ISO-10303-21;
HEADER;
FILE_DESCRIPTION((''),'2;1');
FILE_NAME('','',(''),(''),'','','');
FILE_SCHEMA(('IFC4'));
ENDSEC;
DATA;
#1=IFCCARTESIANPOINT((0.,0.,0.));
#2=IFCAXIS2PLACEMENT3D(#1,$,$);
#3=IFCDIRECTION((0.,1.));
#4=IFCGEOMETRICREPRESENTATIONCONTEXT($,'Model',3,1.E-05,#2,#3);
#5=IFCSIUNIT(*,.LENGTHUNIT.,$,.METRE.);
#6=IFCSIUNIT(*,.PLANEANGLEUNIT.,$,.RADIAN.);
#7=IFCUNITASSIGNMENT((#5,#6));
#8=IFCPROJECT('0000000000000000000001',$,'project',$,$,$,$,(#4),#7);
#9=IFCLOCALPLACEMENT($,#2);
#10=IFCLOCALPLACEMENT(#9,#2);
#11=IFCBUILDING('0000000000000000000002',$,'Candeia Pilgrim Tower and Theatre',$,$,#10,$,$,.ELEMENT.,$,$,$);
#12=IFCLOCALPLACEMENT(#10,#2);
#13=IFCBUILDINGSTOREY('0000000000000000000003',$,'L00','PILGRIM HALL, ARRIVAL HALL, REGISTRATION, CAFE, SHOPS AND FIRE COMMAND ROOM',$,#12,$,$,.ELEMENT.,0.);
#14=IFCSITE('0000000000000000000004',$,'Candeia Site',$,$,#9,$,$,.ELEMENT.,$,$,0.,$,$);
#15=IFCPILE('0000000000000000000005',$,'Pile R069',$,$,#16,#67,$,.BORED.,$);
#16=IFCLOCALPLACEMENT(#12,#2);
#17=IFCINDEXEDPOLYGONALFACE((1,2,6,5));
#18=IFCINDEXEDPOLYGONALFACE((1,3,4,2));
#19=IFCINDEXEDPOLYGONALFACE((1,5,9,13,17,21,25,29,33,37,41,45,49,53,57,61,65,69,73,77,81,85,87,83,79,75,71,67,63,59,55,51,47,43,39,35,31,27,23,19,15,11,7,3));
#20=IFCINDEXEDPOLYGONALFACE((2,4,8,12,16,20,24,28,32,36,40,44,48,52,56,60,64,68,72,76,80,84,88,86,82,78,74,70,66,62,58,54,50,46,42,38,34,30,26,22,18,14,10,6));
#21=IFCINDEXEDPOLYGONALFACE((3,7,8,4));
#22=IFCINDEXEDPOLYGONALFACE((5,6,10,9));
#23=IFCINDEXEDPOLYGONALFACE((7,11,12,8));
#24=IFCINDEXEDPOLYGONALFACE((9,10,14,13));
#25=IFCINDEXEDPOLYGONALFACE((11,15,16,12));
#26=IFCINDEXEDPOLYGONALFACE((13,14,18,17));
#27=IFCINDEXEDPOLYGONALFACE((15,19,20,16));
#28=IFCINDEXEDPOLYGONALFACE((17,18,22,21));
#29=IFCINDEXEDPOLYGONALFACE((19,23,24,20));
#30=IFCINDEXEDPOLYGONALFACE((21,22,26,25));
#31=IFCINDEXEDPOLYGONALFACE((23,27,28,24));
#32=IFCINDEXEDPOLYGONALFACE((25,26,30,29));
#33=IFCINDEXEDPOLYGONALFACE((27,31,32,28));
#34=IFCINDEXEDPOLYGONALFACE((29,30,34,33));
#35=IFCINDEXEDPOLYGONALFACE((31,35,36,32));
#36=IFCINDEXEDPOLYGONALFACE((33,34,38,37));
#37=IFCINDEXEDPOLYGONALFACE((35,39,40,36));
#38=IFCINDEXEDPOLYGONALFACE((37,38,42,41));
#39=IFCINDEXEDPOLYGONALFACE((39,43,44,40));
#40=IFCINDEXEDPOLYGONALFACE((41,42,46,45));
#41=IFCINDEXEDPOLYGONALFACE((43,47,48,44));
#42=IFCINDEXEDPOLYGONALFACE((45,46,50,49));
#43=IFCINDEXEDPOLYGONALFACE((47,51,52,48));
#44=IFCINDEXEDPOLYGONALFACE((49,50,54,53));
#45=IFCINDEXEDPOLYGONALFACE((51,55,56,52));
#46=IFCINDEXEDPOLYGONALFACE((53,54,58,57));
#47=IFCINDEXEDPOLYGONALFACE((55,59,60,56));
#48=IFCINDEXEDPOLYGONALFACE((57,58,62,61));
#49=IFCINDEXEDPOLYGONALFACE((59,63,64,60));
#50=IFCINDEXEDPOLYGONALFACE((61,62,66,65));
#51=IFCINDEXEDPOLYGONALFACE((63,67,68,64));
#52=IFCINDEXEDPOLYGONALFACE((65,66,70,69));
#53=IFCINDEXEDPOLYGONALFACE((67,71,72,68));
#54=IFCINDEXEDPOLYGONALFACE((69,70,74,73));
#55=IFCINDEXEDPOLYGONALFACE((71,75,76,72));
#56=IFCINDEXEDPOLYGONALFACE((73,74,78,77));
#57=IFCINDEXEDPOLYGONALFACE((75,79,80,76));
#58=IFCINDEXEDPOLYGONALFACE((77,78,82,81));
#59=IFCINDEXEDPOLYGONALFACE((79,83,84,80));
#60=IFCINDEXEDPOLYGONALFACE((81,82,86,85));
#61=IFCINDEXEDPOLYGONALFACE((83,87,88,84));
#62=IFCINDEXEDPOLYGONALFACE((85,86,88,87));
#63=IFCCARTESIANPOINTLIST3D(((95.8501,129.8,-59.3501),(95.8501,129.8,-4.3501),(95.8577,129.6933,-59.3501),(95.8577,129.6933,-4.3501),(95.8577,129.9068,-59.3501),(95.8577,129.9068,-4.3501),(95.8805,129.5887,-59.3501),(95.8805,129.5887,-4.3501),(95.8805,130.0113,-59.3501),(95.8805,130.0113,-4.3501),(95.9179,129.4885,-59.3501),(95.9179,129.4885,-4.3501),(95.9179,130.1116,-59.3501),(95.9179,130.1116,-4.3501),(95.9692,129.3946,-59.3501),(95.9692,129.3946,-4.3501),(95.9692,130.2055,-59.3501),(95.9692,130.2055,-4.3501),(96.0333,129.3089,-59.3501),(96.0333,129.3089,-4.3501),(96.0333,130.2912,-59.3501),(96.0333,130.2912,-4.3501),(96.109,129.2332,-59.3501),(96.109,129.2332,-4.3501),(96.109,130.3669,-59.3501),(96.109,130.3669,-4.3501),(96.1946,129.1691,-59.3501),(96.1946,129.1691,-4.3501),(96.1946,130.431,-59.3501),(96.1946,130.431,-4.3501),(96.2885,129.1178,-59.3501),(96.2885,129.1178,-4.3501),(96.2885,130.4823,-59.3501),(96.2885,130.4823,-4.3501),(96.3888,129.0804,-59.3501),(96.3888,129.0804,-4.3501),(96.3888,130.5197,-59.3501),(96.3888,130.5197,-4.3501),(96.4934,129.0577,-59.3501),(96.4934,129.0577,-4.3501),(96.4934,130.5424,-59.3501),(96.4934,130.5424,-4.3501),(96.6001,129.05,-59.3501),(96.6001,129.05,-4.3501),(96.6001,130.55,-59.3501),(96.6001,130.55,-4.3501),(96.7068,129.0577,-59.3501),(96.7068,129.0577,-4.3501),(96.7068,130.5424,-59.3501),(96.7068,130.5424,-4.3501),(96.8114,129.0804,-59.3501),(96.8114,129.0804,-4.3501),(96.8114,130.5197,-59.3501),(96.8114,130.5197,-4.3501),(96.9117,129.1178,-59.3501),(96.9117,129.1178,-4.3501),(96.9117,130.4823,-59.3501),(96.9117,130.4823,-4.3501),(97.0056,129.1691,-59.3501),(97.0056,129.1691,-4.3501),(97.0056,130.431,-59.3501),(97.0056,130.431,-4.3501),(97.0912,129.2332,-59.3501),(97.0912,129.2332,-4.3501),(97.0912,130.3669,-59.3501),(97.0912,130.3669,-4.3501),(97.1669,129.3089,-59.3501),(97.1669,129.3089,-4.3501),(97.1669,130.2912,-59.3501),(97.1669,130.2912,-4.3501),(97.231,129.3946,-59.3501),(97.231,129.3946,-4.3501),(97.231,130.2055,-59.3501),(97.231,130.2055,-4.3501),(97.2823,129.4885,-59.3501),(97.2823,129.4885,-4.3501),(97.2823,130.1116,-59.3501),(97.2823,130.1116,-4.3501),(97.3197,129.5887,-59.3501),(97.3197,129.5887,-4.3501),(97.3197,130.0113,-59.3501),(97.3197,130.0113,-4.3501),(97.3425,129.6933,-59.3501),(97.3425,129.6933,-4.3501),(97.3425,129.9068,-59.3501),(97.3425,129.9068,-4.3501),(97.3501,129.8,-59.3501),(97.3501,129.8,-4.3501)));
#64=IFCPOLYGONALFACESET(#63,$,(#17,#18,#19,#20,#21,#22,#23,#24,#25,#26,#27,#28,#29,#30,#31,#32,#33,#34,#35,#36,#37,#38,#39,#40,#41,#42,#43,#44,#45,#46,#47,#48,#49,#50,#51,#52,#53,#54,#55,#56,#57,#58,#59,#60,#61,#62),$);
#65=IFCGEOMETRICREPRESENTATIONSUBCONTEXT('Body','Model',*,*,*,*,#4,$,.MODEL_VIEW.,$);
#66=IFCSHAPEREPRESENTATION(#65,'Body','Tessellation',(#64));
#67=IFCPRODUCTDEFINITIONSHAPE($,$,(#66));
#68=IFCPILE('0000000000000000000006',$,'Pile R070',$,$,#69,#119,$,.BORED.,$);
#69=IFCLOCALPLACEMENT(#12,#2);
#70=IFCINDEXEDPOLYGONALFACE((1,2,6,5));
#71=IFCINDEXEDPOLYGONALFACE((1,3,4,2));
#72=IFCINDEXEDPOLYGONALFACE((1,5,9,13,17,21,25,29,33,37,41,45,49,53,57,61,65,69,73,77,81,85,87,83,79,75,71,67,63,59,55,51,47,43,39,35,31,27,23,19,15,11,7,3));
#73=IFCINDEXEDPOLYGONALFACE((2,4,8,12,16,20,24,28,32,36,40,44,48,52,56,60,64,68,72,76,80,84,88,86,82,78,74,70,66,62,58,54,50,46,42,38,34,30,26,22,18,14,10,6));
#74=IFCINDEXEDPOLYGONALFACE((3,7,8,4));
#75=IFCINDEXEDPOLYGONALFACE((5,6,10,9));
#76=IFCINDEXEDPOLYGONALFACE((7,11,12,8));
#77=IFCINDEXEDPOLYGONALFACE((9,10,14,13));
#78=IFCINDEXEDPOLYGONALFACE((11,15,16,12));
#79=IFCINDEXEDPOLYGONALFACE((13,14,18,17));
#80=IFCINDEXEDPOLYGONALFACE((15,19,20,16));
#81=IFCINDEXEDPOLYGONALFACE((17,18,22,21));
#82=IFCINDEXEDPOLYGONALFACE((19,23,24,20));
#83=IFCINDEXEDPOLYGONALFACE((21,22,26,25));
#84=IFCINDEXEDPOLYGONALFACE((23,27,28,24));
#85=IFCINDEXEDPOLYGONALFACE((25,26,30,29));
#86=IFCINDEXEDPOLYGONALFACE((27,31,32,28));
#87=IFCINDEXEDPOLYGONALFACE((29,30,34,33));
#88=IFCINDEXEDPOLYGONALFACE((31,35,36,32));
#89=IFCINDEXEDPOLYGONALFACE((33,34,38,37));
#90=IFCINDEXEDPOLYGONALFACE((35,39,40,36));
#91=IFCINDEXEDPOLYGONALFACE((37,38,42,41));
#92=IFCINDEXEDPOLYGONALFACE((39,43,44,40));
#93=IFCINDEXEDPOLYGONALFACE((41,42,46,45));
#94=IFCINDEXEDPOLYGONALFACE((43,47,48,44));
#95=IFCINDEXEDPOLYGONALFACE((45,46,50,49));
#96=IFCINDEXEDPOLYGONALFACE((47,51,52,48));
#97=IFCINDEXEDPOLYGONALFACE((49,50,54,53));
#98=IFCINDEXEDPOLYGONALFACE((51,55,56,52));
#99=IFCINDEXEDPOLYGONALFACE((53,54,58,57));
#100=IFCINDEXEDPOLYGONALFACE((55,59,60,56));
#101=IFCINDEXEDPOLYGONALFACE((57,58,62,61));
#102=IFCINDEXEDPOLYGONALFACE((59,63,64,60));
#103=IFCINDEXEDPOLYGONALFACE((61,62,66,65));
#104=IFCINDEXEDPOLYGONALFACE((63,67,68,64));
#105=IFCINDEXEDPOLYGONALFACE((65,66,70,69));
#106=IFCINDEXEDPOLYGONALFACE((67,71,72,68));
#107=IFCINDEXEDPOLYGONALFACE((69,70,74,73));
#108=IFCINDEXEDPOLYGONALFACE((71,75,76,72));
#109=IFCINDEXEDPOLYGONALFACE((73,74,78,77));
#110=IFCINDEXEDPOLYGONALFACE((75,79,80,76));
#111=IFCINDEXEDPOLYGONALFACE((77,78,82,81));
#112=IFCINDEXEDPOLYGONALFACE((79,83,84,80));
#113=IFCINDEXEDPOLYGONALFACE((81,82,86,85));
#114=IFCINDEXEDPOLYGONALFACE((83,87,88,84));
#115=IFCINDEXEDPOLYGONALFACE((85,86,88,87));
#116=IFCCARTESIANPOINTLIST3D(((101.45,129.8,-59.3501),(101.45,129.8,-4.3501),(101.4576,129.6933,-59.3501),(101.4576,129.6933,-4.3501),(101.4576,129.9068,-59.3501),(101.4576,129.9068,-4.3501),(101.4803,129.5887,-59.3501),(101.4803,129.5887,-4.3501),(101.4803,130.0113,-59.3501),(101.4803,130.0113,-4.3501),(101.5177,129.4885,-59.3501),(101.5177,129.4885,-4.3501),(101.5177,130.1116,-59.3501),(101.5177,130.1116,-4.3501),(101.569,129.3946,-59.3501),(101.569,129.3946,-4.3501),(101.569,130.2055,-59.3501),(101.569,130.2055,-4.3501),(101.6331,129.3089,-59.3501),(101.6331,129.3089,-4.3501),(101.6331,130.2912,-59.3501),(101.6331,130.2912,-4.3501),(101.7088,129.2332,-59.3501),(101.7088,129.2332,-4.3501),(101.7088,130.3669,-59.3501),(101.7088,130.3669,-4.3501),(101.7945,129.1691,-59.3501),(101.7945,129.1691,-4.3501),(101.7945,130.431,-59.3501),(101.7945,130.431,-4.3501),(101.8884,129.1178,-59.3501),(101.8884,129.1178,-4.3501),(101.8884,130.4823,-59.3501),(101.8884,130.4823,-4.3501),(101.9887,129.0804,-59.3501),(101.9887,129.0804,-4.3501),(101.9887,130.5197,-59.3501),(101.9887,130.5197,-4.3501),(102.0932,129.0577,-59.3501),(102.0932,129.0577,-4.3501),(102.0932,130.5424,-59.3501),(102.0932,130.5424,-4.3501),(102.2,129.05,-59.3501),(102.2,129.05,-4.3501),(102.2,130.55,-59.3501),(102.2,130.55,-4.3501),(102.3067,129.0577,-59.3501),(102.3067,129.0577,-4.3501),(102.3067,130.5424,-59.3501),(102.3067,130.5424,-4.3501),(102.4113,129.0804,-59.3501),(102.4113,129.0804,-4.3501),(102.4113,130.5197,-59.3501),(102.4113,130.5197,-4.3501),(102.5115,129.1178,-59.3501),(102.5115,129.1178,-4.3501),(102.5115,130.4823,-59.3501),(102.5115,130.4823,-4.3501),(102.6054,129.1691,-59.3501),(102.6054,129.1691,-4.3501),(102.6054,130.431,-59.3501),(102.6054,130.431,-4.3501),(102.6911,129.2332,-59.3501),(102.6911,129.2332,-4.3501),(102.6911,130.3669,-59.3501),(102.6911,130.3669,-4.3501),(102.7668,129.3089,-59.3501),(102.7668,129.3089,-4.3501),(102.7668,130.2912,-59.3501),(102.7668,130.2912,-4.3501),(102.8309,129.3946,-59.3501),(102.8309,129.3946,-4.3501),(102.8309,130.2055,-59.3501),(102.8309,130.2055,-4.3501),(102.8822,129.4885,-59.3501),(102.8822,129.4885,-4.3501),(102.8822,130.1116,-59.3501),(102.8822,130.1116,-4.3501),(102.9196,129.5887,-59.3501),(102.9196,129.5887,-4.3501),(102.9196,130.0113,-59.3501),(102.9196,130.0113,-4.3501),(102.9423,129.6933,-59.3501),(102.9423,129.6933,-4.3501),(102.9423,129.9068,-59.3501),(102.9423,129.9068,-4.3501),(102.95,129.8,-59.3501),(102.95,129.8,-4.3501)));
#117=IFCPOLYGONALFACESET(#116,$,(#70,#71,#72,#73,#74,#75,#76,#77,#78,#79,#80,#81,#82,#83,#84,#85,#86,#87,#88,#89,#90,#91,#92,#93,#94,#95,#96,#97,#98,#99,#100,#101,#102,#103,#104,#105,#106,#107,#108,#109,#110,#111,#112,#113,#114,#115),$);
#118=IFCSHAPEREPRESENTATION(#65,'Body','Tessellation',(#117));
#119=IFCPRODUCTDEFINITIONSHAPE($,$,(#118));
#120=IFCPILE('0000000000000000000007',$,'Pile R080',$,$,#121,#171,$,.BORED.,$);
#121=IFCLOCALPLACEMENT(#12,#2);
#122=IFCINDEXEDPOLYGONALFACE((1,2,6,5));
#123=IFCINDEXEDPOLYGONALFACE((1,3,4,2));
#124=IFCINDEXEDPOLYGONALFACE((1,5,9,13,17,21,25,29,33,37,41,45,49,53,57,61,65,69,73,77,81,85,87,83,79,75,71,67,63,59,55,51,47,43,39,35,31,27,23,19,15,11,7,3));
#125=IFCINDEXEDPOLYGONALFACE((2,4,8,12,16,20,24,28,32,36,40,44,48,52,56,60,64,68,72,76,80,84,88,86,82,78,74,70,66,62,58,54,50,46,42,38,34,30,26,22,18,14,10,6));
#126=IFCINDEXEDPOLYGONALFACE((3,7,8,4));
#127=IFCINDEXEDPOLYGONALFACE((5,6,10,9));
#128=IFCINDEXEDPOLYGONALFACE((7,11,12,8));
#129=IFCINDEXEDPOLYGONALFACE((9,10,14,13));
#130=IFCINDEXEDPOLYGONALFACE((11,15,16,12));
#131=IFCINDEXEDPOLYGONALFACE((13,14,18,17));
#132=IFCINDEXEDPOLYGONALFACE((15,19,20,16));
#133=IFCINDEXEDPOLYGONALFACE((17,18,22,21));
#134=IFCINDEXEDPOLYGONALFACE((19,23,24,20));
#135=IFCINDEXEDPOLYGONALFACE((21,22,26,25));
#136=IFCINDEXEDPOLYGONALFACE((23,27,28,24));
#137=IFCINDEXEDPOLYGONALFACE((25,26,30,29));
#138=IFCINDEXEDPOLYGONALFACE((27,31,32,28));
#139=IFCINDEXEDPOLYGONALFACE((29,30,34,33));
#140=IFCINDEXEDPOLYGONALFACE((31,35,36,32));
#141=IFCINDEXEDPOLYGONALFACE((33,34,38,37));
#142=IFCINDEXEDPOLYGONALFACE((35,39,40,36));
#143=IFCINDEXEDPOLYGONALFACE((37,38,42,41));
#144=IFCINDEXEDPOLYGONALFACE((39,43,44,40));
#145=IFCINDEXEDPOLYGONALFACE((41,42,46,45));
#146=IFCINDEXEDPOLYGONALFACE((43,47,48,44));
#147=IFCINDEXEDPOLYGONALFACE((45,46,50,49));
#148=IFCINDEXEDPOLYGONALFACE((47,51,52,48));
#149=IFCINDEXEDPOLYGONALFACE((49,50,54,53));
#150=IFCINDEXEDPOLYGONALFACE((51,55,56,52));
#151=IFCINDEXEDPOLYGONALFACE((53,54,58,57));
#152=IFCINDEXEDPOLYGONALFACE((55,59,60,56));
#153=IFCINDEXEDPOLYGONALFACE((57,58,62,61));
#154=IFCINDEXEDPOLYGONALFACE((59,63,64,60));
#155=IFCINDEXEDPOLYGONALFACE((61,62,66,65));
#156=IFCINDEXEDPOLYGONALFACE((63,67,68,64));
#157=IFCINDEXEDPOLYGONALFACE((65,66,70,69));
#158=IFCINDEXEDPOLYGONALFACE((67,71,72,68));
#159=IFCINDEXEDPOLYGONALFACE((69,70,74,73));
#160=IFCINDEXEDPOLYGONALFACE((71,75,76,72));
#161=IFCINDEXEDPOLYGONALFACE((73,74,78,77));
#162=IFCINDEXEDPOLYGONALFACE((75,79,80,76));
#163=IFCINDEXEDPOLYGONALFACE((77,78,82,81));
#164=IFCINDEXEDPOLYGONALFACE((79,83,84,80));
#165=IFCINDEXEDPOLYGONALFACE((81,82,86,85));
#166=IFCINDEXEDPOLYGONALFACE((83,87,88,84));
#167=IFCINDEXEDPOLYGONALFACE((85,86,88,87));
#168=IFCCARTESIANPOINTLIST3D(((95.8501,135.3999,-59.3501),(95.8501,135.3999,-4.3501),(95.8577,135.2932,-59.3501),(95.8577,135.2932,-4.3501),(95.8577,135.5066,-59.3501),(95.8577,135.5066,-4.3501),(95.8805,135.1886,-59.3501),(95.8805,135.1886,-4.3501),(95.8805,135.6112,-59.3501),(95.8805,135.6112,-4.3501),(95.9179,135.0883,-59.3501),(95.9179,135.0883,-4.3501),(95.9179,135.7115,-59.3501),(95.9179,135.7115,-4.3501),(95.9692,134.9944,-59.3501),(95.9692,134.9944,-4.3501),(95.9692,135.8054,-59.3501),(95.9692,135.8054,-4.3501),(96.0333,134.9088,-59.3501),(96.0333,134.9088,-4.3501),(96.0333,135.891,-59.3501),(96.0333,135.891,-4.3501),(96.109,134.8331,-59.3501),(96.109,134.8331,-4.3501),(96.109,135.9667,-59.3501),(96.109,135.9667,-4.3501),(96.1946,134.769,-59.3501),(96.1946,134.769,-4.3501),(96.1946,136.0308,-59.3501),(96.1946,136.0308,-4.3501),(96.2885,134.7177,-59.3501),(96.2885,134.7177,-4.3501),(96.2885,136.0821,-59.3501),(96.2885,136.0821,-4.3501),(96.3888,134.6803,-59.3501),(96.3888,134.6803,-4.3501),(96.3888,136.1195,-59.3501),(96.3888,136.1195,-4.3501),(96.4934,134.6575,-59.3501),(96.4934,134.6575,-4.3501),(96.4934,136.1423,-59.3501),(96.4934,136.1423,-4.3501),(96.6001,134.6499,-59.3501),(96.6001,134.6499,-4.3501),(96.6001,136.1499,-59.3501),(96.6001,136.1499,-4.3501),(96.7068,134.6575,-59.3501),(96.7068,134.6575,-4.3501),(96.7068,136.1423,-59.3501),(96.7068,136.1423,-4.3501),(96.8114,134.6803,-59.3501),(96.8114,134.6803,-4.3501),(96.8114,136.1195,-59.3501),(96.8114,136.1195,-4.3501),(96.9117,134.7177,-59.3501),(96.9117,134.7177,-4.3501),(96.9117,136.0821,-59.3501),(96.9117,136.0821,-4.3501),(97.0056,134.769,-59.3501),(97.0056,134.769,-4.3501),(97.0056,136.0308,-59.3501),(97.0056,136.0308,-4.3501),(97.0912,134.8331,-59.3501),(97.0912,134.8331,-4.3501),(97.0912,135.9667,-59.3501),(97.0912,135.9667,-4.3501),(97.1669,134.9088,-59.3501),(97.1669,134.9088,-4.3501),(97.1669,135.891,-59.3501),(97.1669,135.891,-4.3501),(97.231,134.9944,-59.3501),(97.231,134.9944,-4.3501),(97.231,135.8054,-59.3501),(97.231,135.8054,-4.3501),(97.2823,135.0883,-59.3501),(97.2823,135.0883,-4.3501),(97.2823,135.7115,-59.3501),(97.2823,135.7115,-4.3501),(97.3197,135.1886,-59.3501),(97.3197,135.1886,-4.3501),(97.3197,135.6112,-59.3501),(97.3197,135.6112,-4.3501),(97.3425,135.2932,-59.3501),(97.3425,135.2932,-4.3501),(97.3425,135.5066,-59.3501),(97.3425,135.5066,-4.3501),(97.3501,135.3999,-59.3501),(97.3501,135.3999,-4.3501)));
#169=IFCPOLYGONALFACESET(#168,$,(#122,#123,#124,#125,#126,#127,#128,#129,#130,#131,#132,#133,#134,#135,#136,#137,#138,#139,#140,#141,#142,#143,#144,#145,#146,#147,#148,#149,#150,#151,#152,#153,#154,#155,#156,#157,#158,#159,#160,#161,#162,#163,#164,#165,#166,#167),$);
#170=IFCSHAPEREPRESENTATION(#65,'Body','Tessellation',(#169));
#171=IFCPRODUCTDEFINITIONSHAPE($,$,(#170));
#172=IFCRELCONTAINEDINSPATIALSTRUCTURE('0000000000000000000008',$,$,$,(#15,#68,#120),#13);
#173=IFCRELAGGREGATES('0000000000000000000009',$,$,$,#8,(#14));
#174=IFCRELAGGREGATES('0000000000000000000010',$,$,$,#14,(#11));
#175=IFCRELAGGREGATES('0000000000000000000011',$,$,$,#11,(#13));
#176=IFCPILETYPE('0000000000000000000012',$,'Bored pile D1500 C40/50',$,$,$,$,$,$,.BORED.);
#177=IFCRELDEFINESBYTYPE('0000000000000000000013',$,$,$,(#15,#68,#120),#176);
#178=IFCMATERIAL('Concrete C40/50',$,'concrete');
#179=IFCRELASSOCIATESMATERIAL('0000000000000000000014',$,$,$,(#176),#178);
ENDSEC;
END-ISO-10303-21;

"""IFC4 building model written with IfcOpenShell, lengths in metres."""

from ifc_helpers import new_model, si_unit, direction, frame, origin, origin_2d, place, context, subcontext, project, spatial, circle, extrude, material, material_profile, profile_set, type_object, element, save


model = new_model("IFC4")

# Units and contexts
model_context = context("Model", 3, precision=1e-05, world=origin(), true_north=direction((0.0, 1.0)))
body_context = subcontext(model_context, "Body", "Model", "MODEL_VIEW")
ifc_project = project(units=[si_unit("LENGTHUNIT", "METRE"), si_unit("PLANEANGLEUNIT", "RADIAN")], contexts=[model_context])

# Site, building, storey
site_placement = place(None, origin())
site = spatial("IfcSite", under=ifc_project, at=site_placement, Name="Candeia Site", CompositionType="ELEMENT", RefElevation=0.0)
building_placement = place(site_placement, origin())
building = spatial("IfcBuilding", under=site, at=building_placement, Name="Candeia Pilgrim Tower and Theatre", CompositionType="ELEMENT")
storey_placement = place(building_placement, origin())
storey = spatial("IfcBuildingStorey", under=building, at=storey_placement, Name="L00", Description="PILGRIM HALL, ARRIVAL HALL, REGISTRATION, CAFE, SHOPS AND FIRE COMMAND ROOM", CompositionType="ELEMENT", Elevation=0.0)

# Piles
ifc_material_1 = material(Name="Concrete C40/50", Category="concrete")
ifc_material_profile_1 = material_profile(ifc_material_1, circle(Radius=0.75, at=origin_2d()))
ifc_profile_set_1 = profile_set([ifc_material_profile_1], Name="Concrete C40/50")
pile_type = type_object("IfcPileType", Name="Bored pile D1500 C40/50", PredefinedType="BORED", material=ifc_profile_set_1)
for number, where, z_axis, x_axis, name in (
    (1, (96.6001, 129.8, -4.3501), (0.0, 0.0, -1.0), (1.0, 0.0, 0.0), "Pile R069"),
    (2, (102.2, 129.8, -4.3501), (0.0, 0.0, -1.0), (1.0, 0.0, 0.0), "Pile R070"),
    (3, (96.6001, 135.3999, -4.3501), (0.0, 0.0, -1.0), (1.0, 0.0, 0.0), "Pile R080"),
):
    element("IfcPile", number, at=place(storey_placement, frame(where, z_axis=z_axis, x_axis=x_axis)), inside=storey, type_object=pile_type, Name=name, PredefinedType="BORED", context=body_context, shape_type="SweptSolid", body=[
        extrude(circle(Radius=0.75, at=origin_2d()), origin(), (0.0, 0.0, 1.0), 55.0),
    ])

save(model, "model.ifc")
